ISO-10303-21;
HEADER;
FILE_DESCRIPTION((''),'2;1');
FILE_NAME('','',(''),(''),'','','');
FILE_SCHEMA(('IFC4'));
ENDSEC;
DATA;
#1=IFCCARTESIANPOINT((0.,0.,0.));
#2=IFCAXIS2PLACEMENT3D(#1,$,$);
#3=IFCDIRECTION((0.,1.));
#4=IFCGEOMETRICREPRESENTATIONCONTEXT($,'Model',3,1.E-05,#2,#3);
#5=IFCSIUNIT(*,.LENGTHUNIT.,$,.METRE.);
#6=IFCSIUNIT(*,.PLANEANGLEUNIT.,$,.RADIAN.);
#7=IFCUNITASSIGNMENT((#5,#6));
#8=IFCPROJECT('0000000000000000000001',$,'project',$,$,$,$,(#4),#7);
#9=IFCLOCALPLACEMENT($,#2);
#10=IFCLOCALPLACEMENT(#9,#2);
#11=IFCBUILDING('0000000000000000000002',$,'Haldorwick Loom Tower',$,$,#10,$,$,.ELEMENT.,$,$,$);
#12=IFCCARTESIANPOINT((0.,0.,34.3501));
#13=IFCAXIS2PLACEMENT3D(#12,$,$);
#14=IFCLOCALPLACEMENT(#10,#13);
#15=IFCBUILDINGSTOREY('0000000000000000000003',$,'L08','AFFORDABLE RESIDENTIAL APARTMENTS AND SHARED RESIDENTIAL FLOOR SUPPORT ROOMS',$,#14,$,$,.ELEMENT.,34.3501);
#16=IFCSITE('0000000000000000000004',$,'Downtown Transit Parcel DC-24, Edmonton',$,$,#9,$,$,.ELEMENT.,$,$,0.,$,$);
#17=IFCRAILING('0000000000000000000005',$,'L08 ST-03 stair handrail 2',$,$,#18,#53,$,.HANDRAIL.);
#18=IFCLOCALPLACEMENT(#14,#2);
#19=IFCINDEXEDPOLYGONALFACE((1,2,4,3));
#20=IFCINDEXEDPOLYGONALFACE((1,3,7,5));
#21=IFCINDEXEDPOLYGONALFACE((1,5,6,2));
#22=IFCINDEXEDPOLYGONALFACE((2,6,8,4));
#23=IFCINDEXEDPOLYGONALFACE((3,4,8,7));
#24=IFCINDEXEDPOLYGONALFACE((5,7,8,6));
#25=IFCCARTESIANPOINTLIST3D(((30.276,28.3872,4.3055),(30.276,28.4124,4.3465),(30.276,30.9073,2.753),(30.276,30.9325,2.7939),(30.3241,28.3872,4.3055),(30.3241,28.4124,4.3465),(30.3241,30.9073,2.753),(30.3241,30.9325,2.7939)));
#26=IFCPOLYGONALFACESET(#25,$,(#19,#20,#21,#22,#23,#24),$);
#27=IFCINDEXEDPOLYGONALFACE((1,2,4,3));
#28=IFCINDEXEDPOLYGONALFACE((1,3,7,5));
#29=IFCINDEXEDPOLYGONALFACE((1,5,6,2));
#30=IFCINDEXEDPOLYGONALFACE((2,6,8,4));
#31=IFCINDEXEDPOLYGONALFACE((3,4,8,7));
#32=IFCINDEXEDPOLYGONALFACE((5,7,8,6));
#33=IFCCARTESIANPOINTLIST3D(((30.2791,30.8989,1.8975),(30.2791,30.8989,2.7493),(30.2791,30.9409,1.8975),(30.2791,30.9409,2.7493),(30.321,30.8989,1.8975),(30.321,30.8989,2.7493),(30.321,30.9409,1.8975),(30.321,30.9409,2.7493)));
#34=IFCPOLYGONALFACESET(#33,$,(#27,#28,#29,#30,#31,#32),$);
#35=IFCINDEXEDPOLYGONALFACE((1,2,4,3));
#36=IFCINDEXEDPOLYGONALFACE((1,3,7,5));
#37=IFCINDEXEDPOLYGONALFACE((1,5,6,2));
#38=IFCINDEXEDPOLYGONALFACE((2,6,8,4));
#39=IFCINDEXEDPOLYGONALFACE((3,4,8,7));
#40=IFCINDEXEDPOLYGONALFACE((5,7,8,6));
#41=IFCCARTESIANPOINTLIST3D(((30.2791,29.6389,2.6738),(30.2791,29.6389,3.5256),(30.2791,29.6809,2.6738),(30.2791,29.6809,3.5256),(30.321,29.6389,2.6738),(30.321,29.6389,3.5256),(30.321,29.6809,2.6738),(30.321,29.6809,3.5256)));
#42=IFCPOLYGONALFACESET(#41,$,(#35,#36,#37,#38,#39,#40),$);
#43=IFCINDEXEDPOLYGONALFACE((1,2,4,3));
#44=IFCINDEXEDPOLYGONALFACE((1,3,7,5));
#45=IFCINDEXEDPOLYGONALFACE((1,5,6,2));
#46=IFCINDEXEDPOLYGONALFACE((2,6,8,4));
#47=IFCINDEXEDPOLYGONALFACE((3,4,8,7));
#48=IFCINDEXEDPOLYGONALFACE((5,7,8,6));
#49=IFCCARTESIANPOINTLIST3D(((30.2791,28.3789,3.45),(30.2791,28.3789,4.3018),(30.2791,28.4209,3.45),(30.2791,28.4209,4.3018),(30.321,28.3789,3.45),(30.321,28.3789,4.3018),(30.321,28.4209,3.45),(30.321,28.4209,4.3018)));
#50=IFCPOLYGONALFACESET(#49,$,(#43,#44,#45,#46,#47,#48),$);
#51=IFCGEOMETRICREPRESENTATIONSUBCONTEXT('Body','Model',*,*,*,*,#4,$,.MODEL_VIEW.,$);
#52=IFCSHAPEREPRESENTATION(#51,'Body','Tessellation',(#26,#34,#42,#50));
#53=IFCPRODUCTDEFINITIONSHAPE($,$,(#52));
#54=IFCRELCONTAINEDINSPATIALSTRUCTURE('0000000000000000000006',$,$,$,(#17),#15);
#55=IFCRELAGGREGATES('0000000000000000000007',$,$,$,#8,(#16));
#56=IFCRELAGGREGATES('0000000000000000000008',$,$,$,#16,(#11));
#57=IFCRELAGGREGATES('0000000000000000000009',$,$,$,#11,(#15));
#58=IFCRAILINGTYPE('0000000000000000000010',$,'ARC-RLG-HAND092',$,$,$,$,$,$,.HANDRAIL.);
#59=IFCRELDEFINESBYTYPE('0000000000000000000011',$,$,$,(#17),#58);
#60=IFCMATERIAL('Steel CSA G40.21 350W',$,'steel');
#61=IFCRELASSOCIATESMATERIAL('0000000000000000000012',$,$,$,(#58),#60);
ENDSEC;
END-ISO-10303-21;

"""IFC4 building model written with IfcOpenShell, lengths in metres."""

from ifc_helpers import new_model, si_unit, direction, frame, origin, origin_2d, place, context, subcontext, project, spatial, rectangle, extrude, material, type_object, element, save


model = new_model("IFC4")

# Units and contexts
model_context = context("Model", 3, precision=1e-05, world=origin(), true_north=direction((0.0, 1.0)))
body_context = subcontext(model_context, "Body", "Model", "MODEL_VIEW")
ifc_project = project(units=[si_unit("LENGTHUNIT", "METRE"), si_unit("PLANEANGLEUNIT", "RADIAN")], contexts=[model_context])

# Site, building, storey
site_placement = place(None, origin())
site = spatial("IfcSite", under=ifc_project, at=site_placement, Name="Downtown Transit Parcel DC-24, Edmonton", CompositionType="ELEMENT", RefElevation=0.0)
building_placement = place(site_placement, origin())
building = spatial("IfcBuilding", under=site, at=building_placement, Name="Haldorwick Loom Tower", CompositionType="ELEMENT")
storey_placement = place(building_placement, frame((0.0, 0.0, 34.3501)))
storey = spatial("IfcBuildingStorey", under=building, at=storey_placement, Name="L08", Description="AFFORDABLE RESIDENTIAL APARTMENTS AND SHARED RESIDENTIAL FLOOR SUPPORT ROOMS", CompositionType="ELEMENT", Elevation=34.3501)

# Shared definitions
ifc_material_1 = material(Name="Steel CSA G40.21 350W", Category="steel")

# Railing
railing_type_1 = type_object("IfcRailingType", Name="ARC-RLG-HAND092", PredefinedType="HANDRAIL", material=ifc_material_1)
railing_1_placement = place(storey_placement, frame((30.3, 30.9199, 1.8975)))
element("IfcRailing", 1, at=railing_1_placement, inside=storey, type_object=railing_type_1, Name="L08 ST-03 stair handrail 2", PredefinedType="HANDRAIL", context=body_context, shape_type="SweptSolid", body=[
    extrude(rectangle(XDim=0.0481, YDim=0.0481, at=origin_2d()), frame((0.0, 0.0, 0.876), z_axis=(0.0, -0.8514, 0.524516), x_axis=(1.0, 0.0, 0.0)), (0.0, 0.0, 1.0), 2.96),
    extrude(rectangle(XDim=0.042, YDim=0.042, at=origin_2d()), origin(), (0.0, 0.0, 1.0), 0.8518),
    extrude(rectangle(XDim=0.042, YDim=0.042, at=origin_2d()), frame((0.0, -1.26, 0.7764)), (0.0, 0.0, 1.0), 0.8518),
    extrude(rectangle(XDim=0.042, YDim=0.042, at=origin_2d()), frame((0.0, -2.52, 1.5525)), (0.0, 0.0, 1.0), 0.8518),
])

save(model, "model.ifc")
